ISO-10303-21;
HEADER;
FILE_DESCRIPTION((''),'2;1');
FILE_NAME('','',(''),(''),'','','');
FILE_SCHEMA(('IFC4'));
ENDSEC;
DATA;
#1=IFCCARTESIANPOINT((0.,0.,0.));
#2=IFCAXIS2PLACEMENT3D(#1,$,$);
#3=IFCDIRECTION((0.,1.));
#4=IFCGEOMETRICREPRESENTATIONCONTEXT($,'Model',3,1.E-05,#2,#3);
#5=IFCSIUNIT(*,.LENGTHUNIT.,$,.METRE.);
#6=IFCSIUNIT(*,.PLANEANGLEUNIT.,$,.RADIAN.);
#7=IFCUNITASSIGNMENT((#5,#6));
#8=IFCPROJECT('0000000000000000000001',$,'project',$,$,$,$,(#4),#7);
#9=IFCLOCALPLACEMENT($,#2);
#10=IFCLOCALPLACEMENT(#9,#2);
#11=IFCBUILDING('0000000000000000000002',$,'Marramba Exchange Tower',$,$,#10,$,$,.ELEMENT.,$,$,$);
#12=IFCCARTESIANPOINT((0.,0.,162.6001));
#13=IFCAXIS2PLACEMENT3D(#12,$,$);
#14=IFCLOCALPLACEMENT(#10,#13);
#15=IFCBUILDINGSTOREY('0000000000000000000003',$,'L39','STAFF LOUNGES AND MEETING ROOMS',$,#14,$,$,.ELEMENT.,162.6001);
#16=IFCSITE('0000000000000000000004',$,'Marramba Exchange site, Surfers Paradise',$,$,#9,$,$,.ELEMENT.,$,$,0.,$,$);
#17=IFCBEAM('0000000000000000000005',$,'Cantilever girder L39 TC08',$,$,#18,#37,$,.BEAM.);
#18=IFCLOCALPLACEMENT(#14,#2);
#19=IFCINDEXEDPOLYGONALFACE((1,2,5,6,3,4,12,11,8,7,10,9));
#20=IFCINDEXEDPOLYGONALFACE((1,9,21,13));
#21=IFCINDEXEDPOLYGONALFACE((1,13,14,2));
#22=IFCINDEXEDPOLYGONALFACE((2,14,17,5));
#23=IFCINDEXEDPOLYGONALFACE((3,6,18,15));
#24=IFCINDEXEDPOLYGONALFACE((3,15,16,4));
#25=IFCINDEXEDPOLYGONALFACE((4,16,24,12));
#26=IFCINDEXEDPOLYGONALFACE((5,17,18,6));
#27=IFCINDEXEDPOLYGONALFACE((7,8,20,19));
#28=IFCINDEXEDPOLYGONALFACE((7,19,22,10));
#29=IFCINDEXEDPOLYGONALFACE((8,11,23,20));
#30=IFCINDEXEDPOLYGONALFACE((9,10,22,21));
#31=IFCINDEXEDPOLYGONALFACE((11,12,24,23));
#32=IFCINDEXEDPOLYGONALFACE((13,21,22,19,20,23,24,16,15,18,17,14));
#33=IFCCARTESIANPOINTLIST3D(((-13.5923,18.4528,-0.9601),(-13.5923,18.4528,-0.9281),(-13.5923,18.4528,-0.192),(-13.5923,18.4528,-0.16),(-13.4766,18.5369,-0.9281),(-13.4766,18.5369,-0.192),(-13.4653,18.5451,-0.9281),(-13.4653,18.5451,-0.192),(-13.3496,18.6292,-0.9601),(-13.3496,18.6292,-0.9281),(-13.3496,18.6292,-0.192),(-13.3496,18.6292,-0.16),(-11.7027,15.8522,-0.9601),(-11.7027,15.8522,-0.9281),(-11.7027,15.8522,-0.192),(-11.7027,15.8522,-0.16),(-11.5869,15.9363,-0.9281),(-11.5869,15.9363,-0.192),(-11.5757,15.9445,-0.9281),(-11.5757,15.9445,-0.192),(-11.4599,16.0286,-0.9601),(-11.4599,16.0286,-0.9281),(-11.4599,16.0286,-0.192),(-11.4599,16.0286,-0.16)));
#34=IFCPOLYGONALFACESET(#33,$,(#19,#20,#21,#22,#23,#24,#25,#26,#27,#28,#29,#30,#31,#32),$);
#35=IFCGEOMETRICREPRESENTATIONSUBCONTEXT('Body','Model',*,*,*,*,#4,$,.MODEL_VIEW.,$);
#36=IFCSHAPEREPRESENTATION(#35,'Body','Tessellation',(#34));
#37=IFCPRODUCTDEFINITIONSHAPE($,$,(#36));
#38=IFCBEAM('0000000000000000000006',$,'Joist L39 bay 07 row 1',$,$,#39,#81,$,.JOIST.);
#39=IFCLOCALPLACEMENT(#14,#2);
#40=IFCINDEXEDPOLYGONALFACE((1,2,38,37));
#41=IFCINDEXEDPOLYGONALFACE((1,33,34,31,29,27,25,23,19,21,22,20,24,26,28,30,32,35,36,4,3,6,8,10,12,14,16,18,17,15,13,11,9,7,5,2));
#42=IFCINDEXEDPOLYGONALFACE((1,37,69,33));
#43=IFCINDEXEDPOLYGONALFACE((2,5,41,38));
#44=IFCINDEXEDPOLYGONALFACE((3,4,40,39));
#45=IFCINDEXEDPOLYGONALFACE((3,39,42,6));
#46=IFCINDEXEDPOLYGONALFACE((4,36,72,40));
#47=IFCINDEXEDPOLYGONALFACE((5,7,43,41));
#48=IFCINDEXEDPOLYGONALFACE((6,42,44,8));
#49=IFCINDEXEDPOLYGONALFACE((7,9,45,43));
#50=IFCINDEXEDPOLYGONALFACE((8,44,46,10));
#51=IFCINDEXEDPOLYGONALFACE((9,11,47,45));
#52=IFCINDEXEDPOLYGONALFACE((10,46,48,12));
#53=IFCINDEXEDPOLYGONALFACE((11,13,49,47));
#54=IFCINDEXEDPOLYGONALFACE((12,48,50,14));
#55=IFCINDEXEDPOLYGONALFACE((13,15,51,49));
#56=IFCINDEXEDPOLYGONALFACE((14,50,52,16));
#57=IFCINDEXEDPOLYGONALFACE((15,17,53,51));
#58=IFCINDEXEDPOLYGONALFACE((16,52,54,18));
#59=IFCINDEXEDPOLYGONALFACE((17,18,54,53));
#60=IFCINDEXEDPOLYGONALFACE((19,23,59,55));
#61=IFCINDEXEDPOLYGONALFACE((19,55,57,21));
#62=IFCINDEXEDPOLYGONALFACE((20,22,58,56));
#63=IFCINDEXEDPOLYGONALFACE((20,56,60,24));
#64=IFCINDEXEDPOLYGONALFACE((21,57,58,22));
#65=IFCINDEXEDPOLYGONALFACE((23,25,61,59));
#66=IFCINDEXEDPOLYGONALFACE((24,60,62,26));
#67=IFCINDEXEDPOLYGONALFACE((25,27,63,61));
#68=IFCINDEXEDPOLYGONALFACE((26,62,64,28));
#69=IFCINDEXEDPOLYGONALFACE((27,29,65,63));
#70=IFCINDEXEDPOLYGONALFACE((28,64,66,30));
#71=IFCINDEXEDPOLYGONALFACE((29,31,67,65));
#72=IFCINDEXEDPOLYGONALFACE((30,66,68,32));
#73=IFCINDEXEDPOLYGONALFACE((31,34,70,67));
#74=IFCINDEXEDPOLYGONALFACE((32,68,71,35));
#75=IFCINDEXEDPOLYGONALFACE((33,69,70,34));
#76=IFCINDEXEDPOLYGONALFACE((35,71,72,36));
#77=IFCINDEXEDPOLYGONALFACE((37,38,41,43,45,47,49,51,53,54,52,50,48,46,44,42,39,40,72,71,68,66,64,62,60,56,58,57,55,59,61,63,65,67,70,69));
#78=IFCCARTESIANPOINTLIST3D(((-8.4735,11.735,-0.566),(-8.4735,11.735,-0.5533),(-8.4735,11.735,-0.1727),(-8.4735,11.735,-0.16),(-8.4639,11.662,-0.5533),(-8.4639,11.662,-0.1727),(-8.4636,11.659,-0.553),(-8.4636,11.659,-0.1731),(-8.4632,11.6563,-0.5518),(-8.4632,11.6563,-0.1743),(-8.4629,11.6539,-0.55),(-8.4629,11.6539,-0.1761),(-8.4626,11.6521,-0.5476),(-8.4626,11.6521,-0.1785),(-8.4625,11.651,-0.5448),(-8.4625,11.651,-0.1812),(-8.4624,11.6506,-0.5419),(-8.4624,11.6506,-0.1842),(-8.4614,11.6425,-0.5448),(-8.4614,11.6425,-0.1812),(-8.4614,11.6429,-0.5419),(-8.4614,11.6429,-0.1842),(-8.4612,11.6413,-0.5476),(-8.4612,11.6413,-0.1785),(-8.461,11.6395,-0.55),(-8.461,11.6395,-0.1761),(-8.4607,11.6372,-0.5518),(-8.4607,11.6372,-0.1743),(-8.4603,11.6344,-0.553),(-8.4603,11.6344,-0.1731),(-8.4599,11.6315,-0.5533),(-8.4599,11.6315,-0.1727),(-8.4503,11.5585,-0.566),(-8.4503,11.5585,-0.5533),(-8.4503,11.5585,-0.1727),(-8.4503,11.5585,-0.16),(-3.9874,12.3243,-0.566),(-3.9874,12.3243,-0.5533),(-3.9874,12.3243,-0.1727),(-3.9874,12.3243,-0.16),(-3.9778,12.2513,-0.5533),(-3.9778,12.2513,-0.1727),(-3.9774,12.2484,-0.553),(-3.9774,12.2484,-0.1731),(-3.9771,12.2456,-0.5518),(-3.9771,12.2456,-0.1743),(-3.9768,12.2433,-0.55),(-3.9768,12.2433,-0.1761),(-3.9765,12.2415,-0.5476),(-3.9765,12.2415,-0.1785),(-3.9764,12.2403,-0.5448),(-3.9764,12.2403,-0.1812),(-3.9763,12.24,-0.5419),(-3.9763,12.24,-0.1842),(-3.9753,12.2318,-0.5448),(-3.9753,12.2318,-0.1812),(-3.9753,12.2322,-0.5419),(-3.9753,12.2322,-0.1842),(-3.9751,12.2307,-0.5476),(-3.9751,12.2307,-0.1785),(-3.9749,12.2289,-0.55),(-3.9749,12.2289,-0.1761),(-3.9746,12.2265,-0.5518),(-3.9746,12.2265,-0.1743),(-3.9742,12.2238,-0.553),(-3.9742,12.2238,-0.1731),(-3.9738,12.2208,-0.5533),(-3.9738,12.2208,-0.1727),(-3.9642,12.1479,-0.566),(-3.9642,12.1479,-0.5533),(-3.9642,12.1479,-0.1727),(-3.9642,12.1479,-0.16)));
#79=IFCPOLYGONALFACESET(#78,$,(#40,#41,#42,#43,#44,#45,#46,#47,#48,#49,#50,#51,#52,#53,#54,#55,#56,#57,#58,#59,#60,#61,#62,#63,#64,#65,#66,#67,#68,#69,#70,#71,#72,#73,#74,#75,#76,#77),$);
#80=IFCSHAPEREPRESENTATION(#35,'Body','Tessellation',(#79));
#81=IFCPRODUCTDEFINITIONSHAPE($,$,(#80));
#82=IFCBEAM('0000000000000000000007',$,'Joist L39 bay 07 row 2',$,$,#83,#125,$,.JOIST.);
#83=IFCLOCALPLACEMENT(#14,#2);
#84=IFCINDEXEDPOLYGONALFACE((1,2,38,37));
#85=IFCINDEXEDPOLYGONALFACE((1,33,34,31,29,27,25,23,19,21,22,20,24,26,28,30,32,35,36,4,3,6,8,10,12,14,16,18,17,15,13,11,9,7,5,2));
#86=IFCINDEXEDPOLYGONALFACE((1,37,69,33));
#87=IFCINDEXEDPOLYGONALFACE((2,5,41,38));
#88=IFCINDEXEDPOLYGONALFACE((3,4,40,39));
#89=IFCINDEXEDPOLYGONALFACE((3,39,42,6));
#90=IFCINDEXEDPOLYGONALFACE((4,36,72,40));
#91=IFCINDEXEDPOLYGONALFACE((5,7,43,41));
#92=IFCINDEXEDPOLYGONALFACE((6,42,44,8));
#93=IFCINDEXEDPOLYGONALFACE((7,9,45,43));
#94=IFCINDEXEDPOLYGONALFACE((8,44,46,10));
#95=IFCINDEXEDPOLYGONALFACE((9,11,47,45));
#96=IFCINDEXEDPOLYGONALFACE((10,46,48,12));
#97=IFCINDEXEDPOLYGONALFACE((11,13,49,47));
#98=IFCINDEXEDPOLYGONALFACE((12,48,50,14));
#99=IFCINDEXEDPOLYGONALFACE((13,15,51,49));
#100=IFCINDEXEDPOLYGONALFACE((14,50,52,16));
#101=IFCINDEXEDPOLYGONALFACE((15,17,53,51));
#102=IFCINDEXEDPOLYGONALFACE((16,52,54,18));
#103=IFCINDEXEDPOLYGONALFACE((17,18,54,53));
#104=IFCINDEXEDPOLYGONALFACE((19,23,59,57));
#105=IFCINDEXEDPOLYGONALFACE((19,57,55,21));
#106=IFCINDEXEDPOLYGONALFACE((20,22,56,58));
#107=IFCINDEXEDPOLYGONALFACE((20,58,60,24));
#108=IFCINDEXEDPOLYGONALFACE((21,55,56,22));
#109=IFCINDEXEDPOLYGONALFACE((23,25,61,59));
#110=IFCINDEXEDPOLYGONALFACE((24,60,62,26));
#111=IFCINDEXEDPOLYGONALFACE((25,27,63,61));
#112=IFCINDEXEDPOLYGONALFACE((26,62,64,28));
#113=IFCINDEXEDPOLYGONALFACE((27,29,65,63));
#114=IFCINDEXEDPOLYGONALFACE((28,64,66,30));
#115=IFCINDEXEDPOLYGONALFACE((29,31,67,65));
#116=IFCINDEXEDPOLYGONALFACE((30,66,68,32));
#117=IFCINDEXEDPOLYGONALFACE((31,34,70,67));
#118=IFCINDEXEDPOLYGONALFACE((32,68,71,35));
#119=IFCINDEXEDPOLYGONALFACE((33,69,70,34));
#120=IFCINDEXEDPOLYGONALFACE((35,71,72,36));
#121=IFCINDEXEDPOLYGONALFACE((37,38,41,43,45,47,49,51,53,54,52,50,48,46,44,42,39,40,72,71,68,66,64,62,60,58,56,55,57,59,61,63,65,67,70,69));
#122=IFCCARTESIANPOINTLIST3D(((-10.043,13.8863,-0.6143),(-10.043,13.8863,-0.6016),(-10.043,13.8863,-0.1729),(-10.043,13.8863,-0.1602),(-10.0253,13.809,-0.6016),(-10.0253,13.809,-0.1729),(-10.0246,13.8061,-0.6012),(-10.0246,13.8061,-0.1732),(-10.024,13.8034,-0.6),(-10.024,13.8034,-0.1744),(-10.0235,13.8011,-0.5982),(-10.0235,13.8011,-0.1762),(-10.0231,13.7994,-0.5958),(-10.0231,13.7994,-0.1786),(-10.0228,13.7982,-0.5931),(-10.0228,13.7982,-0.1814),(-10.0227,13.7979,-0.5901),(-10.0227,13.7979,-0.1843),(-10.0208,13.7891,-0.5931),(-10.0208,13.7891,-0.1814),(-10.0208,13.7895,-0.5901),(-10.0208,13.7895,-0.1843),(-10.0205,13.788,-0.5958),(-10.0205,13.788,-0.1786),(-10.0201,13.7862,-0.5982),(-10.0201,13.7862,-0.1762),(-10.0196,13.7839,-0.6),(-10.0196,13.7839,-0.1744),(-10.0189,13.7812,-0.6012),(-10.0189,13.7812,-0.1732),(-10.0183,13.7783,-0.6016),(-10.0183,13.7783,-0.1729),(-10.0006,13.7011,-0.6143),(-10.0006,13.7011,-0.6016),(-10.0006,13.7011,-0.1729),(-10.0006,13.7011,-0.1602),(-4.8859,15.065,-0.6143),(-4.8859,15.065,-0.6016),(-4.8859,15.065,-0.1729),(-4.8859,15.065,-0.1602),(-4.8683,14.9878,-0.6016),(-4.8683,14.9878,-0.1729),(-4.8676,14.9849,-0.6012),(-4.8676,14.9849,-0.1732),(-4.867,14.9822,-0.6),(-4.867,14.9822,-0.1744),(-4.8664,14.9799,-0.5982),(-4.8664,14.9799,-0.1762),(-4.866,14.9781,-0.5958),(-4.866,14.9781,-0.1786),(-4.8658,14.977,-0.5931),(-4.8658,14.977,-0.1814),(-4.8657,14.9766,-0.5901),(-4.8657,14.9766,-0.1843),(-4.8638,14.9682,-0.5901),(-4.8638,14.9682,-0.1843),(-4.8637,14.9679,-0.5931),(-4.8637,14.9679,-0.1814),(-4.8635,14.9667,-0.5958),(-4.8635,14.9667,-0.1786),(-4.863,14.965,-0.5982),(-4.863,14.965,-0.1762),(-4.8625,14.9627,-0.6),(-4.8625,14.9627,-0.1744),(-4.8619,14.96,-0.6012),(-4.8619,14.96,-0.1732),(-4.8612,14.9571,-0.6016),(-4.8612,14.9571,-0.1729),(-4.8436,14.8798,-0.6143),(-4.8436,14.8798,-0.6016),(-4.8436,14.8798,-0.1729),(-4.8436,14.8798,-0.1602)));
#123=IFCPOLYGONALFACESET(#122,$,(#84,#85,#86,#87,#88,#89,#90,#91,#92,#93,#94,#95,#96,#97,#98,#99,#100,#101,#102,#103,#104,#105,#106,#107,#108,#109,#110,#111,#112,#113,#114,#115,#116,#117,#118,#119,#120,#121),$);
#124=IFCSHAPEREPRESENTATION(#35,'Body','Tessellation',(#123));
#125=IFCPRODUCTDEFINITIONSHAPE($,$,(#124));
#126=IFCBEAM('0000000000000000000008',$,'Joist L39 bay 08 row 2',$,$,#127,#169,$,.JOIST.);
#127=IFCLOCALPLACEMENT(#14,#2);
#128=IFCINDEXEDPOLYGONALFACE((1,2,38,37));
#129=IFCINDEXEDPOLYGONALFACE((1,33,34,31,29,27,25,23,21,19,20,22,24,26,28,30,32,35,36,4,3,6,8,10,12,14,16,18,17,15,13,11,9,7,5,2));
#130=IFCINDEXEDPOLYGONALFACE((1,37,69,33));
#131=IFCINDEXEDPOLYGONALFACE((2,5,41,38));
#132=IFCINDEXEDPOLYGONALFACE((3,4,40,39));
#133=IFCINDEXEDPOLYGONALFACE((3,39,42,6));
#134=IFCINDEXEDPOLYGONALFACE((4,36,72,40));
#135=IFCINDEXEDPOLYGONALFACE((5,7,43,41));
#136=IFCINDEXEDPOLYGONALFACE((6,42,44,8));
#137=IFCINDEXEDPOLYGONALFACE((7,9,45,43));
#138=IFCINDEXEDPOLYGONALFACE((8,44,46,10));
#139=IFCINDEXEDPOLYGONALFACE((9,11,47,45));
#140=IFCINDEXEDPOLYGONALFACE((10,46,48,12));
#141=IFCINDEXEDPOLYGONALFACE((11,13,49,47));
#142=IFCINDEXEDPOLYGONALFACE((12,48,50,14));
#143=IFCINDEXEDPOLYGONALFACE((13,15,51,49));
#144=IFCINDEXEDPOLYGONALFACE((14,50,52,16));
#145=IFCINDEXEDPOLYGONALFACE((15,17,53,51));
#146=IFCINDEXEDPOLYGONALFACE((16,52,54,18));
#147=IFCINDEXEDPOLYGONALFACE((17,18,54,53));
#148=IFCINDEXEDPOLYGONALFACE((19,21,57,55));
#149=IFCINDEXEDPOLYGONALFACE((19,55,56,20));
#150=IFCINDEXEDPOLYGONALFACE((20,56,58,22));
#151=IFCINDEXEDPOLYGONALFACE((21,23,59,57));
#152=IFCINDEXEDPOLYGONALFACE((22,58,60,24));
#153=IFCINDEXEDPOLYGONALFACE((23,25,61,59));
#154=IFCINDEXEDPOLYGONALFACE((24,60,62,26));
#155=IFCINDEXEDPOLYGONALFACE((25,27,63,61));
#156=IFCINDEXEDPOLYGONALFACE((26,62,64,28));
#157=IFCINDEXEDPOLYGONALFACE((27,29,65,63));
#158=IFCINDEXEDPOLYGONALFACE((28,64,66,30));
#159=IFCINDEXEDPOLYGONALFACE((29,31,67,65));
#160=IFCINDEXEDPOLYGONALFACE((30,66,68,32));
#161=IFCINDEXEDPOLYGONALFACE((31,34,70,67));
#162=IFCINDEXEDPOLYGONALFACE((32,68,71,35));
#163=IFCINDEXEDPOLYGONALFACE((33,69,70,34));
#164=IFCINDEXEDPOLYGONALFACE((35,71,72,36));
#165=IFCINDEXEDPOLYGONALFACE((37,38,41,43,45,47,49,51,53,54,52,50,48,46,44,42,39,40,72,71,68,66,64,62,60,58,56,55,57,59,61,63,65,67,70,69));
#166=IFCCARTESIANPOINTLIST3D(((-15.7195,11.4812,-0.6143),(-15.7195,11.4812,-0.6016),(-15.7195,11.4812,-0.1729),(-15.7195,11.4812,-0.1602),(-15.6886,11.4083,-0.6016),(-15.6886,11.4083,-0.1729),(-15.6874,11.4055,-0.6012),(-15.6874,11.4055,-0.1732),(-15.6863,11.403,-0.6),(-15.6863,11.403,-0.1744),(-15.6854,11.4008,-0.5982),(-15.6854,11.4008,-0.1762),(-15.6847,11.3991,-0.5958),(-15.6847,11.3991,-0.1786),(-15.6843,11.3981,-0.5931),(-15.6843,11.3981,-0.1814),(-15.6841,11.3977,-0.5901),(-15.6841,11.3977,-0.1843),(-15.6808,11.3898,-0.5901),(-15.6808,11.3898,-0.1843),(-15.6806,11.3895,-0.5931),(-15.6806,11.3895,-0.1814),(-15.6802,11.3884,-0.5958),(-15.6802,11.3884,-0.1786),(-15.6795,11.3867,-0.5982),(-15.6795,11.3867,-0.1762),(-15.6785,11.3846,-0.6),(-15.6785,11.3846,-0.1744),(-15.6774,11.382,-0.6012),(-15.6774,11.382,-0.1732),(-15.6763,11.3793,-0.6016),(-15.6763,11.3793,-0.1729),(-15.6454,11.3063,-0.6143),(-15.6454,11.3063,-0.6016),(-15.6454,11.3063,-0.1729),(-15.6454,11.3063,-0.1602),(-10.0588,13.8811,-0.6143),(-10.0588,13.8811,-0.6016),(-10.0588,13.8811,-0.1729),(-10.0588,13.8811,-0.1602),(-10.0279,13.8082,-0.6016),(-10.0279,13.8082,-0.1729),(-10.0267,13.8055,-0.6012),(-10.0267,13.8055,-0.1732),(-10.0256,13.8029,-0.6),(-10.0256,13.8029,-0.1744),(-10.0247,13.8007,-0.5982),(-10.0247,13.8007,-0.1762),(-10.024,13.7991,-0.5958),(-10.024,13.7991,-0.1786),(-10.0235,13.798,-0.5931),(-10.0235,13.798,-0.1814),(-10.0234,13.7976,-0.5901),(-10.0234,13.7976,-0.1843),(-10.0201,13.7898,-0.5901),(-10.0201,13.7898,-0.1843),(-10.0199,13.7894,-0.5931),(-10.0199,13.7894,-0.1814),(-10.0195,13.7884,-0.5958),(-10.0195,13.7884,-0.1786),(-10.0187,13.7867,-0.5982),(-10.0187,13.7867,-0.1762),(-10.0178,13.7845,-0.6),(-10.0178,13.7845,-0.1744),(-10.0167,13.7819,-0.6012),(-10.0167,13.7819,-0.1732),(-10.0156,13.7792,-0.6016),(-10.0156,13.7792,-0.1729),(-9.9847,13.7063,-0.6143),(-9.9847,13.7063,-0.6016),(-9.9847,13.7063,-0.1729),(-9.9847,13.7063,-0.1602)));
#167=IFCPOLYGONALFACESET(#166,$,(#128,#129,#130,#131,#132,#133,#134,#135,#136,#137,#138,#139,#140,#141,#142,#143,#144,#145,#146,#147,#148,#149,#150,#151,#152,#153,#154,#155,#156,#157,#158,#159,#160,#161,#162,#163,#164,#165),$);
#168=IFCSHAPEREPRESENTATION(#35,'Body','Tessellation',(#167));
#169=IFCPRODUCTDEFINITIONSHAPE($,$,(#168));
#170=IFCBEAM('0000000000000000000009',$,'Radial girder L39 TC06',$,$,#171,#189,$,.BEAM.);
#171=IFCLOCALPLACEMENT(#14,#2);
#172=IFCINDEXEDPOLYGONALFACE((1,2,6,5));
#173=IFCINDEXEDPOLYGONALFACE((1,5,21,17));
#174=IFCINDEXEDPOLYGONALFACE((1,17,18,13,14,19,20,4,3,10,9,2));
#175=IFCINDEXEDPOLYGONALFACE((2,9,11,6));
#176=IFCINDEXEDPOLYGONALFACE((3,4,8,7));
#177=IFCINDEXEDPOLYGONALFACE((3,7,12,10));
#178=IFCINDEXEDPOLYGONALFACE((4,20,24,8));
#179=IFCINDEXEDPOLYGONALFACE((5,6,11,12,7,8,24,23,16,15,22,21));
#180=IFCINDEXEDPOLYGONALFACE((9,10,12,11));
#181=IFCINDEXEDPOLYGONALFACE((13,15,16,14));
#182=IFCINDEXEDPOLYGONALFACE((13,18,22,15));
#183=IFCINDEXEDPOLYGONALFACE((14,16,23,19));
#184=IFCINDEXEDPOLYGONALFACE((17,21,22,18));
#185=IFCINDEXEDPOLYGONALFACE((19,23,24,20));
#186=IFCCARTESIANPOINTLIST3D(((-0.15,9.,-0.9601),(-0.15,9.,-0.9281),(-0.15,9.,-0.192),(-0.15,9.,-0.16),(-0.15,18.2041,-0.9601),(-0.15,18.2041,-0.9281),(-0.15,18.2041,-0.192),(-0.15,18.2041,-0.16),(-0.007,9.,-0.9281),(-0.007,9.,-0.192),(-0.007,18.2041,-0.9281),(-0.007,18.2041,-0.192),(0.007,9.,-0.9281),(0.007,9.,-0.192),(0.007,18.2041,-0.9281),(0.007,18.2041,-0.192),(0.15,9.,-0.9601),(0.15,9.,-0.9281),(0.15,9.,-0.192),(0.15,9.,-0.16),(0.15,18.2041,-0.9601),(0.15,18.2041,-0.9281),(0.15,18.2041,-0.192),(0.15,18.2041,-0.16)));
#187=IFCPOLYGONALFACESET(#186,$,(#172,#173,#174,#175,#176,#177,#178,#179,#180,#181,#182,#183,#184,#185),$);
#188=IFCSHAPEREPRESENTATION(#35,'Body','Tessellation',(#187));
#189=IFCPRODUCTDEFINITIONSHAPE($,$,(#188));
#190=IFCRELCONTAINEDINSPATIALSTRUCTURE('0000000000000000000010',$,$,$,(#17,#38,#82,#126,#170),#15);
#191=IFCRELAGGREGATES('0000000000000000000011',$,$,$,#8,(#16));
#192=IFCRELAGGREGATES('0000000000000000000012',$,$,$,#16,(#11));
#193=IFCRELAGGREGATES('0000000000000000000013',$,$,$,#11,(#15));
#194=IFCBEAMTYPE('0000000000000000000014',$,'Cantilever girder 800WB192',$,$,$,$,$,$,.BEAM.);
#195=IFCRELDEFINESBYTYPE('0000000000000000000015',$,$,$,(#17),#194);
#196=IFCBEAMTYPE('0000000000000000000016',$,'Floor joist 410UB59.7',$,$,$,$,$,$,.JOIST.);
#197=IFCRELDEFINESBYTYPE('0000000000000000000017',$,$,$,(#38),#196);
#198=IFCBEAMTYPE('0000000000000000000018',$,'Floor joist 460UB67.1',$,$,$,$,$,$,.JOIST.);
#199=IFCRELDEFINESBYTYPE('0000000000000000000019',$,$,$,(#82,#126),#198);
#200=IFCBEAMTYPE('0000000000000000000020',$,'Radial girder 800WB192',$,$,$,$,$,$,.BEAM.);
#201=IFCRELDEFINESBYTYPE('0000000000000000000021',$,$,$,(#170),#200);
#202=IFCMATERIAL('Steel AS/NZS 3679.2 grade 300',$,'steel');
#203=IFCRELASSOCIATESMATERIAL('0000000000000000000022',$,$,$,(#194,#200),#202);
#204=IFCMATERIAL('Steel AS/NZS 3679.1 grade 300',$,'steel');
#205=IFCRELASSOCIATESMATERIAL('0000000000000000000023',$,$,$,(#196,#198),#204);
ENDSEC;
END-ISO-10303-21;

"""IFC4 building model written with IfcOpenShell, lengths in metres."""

from ifc_helpers import new_model, si_unit, direction, frame, origin, origin_2d, place, context, subcontext, project, spatial, i_section, extrude, material, material_profile, profile_set, type_object, element, save


model = new_model("IFC4")

# Units and contexts
model_context = context("Model", 3, precision=1e-05, world=origin(), true_north=direction((0.0, 1.0)))
body_context = subcontext(model_context, "Body", "Model", "MODEL_VIEW")
ifc_project = project(units=[si_unit("LENGTHUNIT", "METRE"), si_unit("PLANEANGLEUNIT", "RADIAN")], contexts=[model_context])

# Site, building, storey
site_placement = place(None, origin())
site = spatial("IfcSite", under=ifc_project, at=site_placement, Name="Marramba Exchange site, Surfers Paradise", CompositionType="ELEMENT", RefElevation=0.0)
building_placement = place(site_placement, origin())
building = spatial("IfcBuilding", under=site, at=building_placement, Name="Marramba Exchange Tower", CompositionType="ELEMENT")
storey_placement = place(building_placement, frame((0.0, 0.0, 162.6001)))
storey = spatial("IfcBuildingStorey", under=building, at=storey_placement, Name="L39", Description="STAFF LOUNGES AND MEETING ROOMS", CompositionType="ELEMENT", Elevation=162.6001)

# Beams
ifc_material_1 = material(Name="Steel AS/NZS 3679.2 grade 300", Category="steel")
ifc_material_profile_1 = material_profile(ifc_material_1, i_section(OverallWidth=0.3, OverallDepth=0.8, WebThickness=0.0139, FlangeThickness=0.032, at=origin_2d()), Name="800WB192")
ifc_profile_set_1 = profile_set([ifc_material_profile_1], Name="Steel AS/NZS 3679.2 grade 300")
beam_type_1 = type_object("IfcBeamType", Name="Cantilever girder 800WB192", PredefinedType="BEAM", material=ifc_profile_set_1)
beam_1_placement = place(storey_placement, frame((-11.5813, 15.9404, -0.5601), z_axis=(-0.587828, 0.808986, 0.0), x_axis=(-0.808986, -0.587828, 0.0)))
element("IfcBeam", 1, at=beam_1_placement, inside=storey, type_object=beam_type_1, Name="Cantilever girder L39 TC08", PredefinedType="BEAM", context=body_context, shape_type="SweptSolid", body=[
    extrude(i_section(OverallWidth=0.3, OverallDepth=0.8, WebThickness=0.0139, FlangeThickness=0.032, at=origin_2d()), origin(), (0.0, 0.0, 1.0), 3.2146),
])
ifc_material_2 = material(Name="Steel AS/NZS 3679.1 grade 300", Category="steel")
ifc_material_profile_2 = material_profile(ifc_material_2, i_section(OverallWidth=0.178, OverallDepth=0.406, WebThickness=0.0078, FlangeThickness=0.0127, FilletRadius=0.0115, at=origin_2d()), Name="410UB59.7")
ifc_profile_set_2 = profile_set([ifc_material_profile_2], Name="Steel AS/NZS 3679.1 grade 300")
beam_type_2 = type_object("IfcBeamType", Name="Floor joist 410UB59.7", PredefinedType="JOIST", material=ifc_profile_set_2)
beam_2_placement = place(storey_placement, frame((-3.9758, 12.2361, -0.363), z_axis=(-0.991481, -0.130255, 0.0), x_axis=(0.130255, -0.991481, 0.0)))
element("IfcBeam", 2, at=beam_2_placement, inside=storey, type_object=beam_type_2, Name="Joist L39 bay 07 row 1", PredefinedType="JOIST", context=body_context, shape_type="SweptSolid", body=[
    extrude(i_section(OverallWidth=0.178, OverallDepth=0.406, WebThickness=0.0078, FlangeThickness=0.0127, FilletRadius=0.0115, at=origin_2d()), origin(), (0.0, 0.0, 1.0), 4.5247),
])
ifc_material_profile_3 = material_profile(ifc_material_2, i_section(OverallWidth=0.1899, OverallDepth=0.4541, WebThickness=0.0085, FlangeThickness=0.0127, FilletRadius=0.0115, at=origin_2d()), Name="460UB67.1")
ifc_profile_set_3 = profile_set([ifc_material_profile_3], Name="Steel AS/NZS 3679.1 grade 300")
beam_type_3 = type_object("IfcBeamType", Name="Floor joist 460UB67.1", PredefinedType="JOIST", material=ifc_profile_set_3)
beam_3_placement = place(storey_placement, frame((-4.8647, 14.9724, -0.3872), z_axis=(-0.97486, -0.22282, 0.0), x_axis=(0.22282, -0.97486, 0.0)))
element("IfcBeam", 3, at=beam_3_placement, inside=storey, type_object=beam_type_3, Name="Joist L39 bay 07 row 2", PredefinedType="JOIST", context=body_context, shape_type="SweptSolid", body=[
    extrude(i_section(OverallWidth=0.1899, OverallDepth=0.4541, WebThickness=0.0085, FlangeThickness=0.0127, FilletRadius=0.0115, at=origin_2d()), origin(), (0.0, 0.0, 1.0), 5.29),
])
beam_4_placement = place(storey_placement, frame((-10.0217, 13.7937, -0.3872), z_axis=(-0.920674, -0.390332, 0.0), x_axis=(0.390332, -0.920674, 0.0)))
element("IfcBeam", 4, at=beam_4_placement, inside=storey, type_object=beam_type_3, Name="Joist L39 bay 08 row 2", PredefinedType="JOIST", context=body_context, shape_type="SweptSolid", body=[
    extrude(i_section(OverallWidth=0.1899, OverallDepth=0.4541, WebThickness=0.0085, FlangeThickness=0.0127, FilletRadius=0.0115, at=origin_2d()), origin(), (0.0, 0.0, 1.0), 6.1484),
])
ifc_material_profile_4 = material_profile(ifc_material_1, i_section(OverallWidth=0.3, OverallDepth=0.8, WebThickness=0.0139, FlangeThickness=0.032, at=origin_2d()), Name="800WB192")
ifc_profile_set_4 = profile_set([ifc_material_profile_4], Name="Steel AS/NZS 3679.2 grade 300")
beam_type_4 = type_object("IfcBeamType", Name="Radial girder 800WB192", PredefinedType="BEAM", material=ifc_profile_set_4)
beam_5_placement = place(storey_placement, frame((0.0, 9.0, -0.5601), z_axis=(0.0, 1.0, 0.0), x_axis=(-1.0, 0.0, 0.0)))
element("IfcBeam", 5, at=beam_5_placement, inside=storey, type_object=beam_type_4, Name="Radial girder L39 TC06", PredefinedType="BEAM", context=body_context, shape_type="SweptSolid", body=[
    extrude(i_section(OverallWidth=0.3, OverallDepth=0.8, WebThickness=0.0139, FlangeThickness=0.032, at=origin_2d()), origin(), (0.0, 0.0, 1.0), 9.2041),
])

save(model, "model.ifc")
